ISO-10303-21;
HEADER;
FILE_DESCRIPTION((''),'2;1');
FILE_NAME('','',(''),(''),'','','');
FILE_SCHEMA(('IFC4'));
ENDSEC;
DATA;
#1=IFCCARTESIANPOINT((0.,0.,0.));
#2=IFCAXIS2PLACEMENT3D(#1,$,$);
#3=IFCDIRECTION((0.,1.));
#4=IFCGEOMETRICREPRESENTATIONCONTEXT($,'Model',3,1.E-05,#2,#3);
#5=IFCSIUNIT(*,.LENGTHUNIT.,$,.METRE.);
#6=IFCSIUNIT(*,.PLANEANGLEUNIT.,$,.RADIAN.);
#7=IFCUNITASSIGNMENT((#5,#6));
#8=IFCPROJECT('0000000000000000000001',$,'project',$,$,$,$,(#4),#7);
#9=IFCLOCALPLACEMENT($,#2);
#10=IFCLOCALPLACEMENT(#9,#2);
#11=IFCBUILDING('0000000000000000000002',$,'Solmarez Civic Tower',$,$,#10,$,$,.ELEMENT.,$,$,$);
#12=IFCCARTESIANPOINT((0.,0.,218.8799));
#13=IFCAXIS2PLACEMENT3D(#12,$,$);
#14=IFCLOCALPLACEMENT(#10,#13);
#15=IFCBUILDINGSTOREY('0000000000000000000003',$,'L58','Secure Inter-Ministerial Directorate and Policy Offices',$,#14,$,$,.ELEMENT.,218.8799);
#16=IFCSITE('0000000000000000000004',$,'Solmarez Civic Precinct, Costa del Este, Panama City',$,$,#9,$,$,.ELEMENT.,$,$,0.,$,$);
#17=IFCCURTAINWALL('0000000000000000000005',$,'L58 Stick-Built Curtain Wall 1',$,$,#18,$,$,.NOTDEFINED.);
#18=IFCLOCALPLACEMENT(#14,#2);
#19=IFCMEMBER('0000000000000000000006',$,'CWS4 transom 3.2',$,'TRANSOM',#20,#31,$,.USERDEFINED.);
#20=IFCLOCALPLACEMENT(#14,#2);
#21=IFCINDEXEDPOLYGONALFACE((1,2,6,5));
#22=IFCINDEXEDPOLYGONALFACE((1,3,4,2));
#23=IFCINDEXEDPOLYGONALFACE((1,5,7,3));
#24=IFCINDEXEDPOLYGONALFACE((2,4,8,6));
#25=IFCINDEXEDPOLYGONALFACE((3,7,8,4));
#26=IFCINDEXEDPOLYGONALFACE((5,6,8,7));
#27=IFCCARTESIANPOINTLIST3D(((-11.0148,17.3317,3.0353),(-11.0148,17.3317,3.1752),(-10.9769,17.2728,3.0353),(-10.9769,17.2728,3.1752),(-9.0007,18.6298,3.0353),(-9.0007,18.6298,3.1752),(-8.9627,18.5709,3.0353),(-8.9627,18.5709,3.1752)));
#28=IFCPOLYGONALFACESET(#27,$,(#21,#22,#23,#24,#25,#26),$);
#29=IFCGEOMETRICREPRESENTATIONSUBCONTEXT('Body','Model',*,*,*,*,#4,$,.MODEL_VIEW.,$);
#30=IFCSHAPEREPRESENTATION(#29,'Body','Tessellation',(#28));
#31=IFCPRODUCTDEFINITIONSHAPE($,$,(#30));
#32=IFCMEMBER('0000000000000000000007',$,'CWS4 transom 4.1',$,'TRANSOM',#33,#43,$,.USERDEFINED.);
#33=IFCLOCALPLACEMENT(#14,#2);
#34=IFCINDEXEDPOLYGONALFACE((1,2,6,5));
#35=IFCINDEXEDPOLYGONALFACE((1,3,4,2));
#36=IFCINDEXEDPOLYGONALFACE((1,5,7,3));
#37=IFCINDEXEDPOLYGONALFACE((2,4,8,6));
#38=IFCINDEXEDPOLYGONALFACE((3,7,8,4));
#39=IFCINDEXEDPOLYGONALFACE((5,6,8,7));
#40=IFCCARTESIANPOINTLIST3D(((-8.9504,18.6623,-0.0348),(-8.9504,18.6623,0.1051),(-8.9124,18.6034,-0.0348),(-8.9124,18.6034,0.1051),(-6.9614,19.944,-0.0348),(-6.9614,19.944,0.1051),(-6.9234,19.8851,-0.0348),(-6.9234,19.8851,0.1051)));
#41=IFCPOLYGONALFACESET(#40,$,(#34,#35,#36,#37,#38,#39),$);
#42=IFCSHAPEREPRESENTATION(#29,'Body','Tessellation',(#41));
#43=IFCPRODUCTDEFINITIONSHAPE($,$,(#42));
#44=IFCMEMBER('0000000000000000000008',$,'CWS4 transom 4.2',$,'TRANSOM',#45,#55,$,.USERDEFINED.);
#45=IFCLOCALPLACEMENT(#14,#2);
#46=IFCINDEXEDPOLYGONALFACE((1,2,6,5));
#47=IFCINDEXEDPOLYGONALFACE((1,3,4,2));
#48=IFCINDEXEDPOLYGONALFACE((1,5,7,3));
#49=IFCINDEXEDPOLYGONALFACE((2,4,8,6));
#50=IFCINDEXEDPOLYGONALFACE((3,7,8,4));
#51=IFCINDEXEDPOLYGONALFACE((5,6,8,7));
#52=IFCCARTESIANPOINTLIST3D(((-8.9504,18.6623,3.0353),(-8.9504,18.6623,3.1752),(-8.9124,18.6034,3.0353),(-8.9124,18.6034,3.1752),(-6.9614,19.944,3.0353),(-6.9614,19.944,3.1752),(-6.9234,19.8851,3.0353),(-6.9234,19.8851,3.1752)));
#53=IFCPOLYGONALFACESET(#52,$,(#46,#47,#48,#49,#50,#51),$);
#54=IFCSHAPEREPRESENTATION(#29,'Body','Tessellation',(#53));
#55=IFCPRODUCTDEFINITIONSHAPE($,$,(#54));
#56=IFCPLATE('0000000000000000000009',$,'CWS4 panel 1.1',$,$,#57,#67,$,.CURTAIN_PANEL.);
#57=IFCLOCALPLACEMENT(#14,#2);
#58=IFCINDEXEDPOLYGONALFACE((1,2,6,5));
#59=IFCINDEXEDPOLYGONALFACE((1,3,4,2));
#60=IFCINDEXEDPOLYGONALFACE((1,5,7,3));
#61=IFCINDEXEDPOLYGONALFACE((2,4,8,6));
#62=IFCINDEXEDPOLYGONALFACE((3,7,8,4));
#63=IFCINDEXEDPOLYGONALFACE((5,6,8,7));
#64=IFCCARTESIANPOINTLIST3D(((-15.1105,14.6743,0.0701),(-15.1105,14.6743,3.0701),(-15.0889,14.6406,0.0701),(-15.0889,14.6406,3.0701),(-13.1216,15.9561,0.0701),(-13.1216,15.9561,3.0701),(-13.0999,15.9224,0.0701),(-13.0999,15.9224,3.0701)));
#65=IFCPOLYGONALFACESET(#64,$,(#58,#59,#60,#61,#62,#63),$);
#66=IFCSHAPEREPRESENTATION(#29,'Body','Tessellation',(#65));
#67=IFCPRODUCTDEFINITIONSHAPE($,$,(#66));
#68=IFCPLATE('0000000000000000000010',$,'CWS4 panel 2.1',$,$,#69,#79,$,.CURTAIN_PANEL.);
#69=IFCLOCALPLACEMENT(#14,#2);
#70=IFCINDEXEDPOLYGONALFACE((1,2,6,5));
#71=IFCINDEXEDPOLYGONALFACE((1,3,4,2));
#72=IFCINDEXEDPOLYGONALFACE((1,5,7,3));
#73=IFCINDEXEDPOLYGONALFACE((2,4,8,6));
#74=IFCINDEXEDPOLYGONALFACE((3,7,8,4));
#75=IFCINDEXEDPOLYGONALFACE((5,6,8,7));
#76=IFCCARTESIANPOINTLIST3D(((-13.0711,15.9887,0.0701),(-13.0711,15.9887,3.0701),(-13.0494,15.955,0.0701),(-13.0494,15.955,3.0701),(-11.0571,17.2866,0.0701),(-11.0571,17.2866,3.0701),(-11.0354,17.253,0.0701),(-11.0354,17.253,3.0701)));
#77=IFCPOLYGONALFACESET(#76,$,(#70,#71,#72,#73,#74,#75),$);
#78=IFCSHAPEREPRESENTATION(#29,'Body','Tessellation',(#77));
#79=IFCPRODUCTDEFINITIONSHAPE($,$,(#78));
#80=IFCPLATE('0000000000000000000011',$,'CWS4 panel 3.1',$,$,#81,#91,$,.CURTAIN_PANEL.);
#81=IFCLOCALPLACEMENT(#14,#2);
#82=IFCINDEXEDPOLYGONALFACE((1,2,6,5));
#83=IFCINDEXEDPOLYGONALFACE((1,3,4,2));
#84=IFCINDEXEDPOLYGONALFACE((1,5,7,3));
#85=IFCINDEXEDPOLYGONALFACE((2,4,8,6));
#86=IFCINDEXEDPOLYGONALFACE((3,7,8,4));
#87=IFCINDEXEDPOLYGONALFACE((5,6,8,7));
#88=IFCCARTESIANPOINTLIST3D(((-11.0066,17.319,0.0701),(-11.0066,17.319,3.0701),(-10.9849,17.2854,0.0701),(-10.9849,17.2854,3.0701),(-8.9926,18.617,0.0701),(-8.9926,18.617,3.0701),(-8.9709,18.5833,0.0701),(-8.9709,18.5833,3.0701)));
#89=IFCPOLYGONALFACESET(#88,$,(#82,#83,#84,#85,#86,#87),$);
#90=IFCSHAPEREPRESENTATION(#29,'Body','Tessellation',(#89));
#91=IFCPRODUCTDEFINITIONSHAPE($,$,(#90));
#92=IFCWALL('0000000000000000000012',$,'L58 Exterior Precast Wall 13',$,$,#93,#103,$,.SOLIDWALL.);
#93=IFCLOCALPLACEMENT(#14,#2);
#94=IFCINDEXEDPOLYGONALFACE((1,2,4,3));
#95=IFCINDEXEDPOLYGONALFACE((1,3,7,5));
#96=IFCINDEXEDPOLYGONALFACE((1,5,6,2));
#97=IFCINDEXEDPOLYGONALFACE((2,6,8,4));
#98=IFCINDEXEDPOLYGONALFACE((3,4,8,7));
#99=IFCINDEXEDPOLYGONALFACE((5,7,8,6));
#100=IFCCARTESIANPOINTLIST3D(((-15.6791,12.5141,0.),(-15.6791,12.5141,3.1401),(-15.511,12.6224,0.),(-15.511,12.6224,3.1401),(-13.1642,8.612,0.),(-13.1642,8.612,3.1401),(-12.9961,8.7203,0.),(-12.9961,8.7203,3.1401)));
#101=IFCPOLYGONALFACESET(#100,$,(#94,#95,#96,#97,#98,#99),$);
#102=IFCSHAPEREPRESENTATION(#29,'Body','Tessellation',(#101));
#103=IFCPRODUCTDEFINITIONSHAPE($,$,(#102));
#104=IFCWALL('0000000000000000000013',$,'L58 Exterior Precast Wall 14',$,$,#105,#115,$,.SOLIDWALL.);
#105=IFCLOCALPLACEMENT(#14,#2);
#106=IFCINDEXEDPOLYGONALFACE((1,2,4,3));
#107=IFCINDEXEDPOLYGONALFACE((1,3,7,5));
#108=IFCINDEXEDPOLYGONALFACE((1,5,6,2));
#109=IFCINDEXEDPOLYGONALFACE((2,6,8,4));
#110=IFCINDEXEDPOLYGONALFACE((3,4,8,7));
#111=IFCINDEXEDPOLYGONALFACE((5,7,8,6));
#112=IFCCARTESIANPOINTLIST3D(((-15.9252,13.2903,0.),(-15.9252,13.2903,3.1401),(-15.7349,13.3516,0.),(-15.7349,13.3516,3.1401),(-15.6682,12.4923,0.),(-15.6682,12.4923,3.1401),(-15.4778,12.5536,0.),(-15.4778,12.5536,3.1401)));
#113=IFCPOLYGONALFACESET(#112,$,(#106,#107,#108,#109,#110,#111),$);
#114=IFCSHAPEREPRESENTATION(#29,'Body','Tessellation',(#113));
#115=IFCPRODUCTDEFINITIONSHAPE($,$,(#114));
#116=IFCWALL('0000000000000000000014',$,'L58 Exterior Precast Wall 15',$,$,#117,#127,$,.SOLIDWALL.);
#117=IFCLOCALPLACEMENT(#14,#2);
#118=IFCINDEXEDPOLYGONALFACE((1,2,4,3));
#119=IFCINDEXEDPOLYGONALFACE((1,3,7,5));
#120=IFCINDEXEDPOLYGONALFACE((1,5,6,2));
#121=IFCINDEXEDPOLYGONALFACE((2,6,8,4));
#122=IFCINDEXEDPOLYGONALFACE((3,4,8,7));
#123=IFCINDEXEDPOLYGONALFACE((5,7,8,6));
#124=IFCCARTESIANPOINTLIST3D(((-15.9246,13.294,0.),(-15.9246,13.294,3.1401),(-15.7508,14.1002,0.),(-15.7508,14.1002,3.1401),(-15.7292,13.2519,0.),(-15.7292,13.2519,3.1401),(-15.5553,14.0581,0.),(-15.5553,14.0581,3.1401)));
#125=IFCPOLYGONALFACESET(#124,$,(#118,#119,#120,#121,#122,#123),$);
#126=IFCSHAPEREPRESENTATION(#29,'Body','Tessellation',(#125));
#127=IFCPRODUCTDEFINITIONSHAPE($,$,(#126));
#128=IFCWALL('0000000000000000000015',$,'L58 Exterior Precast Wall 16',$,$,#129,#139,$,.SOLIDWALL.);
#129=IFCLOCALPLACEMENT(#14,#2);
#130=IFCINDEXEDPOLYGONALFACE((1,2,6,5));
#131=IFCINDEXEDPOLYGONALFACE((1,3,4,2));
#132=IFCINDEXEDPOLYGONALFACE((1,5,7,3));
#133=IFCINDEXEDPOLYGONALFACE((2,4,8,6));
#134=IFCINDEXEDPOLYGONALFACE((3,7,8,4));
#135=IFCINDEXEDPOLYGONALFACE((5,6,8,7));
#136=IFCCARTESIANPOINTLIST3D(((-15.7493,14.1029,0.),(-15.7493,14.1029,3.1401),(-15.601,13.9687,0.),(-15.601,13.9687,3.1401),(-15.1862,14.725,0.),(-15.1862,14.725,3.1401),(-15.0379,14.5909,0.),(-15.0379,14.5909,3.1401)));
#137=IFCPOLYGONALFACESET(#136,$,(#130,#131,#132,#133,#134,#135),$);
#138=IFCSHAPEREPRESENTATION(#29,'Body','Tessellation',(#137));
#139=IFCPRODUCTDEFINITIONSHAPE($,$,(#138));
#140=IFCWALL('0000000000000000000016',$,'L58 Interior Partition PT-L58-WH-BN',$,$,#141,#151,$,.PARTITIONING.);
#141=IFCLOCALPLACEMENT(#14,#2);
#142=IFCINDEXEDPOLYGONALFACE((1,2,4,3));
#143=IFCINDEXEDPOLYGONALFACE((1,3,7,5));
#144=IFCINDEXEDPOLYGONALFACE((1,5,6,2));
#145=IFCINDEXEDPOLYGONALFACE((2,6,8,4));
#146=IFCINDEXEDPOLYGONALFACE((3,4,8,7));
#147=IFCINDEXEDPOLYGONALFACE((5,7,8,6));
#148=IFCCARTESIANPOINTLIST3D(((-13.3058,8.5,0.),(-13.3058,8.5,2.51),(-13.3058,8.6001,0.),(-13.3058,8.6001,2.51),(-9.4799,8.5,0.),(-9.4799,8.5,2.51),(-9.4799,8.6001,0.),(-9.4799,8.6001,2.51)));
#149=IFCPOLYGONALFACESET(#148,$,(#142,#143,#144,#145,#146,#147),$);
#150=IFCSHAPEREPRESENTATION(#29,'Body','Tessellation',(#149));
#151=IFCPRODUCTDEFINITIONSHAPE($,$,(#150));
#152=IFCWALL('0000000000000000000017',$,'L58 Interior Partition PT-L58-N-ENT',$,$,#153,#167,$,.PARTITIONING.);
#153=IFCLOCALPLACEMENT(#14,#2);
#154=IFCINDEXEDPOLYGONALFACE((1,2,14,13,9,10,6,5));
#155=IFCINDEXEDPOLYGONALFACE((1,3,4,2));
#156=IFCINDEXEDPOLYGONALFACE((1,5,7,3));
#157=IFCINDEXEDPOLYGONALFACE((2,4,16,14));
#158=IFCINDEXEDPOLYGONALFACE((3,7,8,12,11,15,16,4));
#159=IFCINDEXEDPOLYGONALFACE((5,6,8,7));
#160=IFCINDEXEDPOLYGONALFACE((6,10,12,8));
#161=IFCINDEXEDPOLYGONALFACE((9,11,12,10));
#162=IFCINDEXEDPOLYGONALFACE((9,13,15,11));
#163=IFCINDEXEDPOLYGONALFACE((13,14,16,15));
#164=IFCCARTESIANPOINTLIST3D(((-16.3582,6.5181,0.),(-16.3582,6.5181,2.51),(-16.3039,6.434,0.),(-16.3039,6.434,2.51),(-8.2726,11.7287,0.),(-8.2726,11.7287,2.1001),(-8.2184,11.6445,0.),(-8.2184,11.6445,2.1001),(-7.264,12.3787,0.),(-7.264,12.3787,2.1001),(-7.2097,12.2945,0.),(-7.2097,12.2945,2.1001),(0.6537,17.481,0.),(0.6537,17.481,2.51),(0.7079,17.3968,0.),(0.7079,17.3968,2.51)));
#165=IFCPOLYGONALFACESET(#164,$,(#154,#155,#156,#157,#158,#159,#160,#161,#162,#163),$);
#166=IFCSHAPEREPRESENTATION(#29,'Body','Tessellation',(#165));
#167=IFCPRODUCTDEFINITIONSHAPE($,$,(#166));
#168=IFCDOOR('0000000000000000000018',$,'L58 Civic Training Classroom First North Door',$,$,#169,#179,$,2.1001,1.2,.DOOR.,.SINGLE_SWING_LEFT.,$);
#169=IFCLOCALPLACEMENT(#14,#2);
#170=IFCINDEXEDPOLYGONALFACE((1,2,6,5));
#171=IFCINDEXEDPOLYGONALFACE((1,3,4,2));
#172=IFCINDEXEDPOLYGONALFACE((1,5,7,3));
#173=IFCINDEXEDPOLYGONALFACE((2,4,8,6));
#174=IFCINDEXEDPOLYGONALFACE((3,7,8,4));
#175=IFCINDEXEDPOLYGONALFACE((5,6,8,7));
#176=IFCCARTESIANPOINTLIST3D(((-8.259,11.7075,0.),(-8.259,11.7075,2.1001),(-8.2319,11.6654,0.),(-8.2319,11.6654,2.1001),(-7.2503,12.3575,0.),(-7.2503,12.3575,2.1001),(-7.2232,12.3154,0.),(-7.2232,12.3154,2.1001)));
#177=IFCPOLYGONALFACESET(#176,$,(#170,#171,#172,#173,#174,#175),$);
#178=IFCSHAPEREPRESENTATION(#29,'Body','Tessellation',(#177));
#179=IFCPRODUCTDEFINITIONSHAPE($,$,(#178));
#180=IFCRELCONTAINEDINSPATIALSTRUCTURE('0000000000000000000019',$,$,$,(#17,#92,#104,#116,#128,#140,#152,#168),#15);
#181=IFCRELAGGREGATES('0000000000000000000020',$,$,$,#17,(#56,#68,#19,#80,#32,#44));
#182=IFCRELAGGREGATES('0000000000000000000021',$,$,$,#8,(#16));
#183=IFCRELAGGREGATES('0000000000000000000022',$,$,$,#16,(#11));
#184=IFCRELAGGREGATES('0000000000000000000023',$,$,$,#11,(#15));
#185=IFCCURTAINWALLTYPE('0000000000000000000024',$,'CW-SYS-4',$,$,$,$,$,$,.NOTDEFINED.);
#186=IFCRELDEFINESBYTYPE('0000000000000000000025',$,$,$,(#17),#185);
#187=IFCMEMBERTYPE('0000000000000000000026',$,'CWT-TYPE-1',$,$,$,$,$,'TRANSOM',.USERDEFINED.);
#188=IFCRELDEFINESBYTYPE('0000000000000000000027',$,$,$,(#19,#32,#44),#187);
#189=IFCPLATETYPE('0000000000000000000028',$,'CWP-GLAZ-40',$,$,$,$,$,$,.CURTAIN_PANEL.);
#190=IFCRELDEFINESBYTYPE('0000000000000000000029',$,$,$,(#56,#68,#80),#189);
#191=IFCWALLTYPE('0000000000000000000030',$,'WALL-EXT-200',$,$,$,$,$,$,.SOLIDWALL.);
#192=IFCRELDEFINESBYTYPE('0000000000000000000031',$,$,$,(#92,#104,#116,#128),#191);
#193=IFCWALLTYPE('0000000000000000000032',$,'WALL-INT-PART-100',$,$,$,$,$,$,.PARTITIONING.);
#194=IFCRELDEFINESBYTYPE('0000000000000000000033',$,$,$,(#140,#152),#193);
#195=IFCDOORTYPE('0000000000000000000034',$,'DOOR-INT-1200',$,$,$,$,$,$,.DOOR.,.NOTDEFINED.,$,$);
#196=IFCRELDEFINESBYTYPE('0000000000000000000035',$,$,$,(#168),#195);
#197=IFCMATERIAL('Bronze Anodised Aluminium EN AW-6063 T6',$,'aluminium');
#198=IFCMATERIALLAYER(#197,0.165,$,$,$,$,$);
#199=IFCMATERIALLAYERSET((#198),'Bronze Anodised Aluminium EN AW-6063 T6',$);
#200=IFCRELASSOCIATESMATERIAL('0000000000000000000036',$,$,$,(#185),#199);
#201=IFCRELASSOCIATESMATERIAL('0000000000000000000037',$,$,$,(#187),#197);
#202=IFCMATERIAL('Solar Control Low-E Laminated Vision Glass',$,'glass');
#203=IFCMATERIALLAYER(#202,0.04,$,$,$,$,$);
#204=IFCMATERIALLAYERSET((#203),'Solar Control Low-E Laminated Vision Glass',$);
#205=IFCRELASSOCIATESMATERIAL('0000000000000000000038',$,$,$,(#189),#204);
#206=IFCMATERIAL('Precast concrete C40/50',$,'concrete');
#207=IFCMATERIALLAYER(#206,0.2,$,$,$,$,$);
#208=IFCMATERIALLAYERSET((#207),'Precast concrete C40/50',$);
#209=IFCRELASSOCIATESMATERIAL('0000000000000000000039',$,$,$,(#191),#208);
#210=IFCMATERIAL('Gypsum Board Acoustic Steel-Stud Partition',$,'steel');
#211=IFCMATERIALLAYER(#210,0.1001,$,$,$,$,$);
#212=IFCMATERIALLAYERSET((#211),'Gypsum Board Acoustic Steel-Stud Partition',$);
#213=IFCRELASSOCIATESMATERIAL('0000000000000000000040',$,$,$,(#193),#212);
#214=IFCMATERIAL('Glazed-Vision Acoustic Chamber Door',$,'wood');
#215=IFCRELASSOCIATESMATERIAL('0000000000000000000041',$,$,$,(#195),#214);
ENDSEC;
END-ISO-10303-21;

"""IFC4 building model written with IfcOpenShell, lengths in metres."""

from ifc_helpers import new_model, si_unit, direction, frame, frame_2d, origin, origin_2d, place, context, subcontext, project, spatial, rectangle, extrude, material, layer, layer_set, material_profile, profile_set, type_object, element, fill, aggregate, save


model = new_model("IFC4")

# Units and contexts
model_context = context("Model", 3, precision=1e-05, world=origin(), true_north=direction((0.0, 1.0)))
body_context = subcontext(model_context, "Body", "Model", "MODEL_VIEW")
ifc_project = project(units=[si_unit("LENGTHUNIT", "METRE"), si_unit("PLANEANGLEUNIT", "RADIAN")], contexts=[model_context])

# Site, building, storey
site_placement = place(None, origin())
site = spatial("IfcSite", under=ifc_project, at=site_placement, Name="Solmarez Civic Precinct, Costa del Este, Panama City", CompositionType="ELEMENT", RefElevation=0.0)
building_placement = place(site_placement, origin())
building = spatial("IfcBuilding", under=site, at=building_placement, Name="Solmarez Civic Tower", CompositionType="ELEMENT")
storey_placement = place(building_placement, frame((0.0, 0.0, 218.8799)))
storey = spatial("IfcBuildingStorey", under=building, at=storey_placement, Name="L58", Description="Secure Inter-Ministerial Directorate and Policy Offices", CompositionType="ELEMENT", Elevation=218.8799)

# Curtain wall, members, plates
ifc_material_1 = material(Name="Bronze Anodised Aluminium EN AW-6063 T6", Category="aluminium")
ifc_layer_1 = layer(ifc_material_1, 0.165)
ifc_layer_set_1 = layer_set([ifc_layer_1], Name="Bronze Anodised Aluminium EN AW-6063 T6")
curtain_wall_type = type_object("IfcCurtainWallType", Name="CW-SYS-4", PredefinedType="NOTDEFINED", material=ifc_layer_set_1)
curtain_wall_placement = place(storey_placement, origin())
curtain_wall = element("IfcCurtainWall", 1, at=curtain_wall_placement, inside=storey, type_object=curtain_wall_type, Name="L58 Stick-Built Curtain Wall 1", PredefinedType="NOTDEFINED")
ifc_material_profile_1 = material_profile(ifc_material_1, rectangle(XDim=0.0701, YDim=0.1399, at=origin_2d()), Name="CWT-70X140")
ifc_profile_set_1 = profile_set([ifc_material_profile_1], Name="Bronze Anodised Aluminium EN AW-6063 T6")
member_type_1 = type_object("IfcMemberType", Name="CWT-TYPE-1", ElementType="TRANSOM", PredefinedType="USERDEFINED", material=ifc_profile_set_1)
member_1_placement = place(storey_placement, frame((-10.9958, 17.3022, 3.1052), z_axis=(0.840556, 0.541725, 0.0), x_axis=(-0.541725, 0.840556, 0.0)))
member_1 = element("IfcMember", 2, at=member_1_placement, type_object=member_type_1, Name="CWS4 transom 3.2", ObjectType="TRANSOM", PredefinedType="USERDEFINED", context=body_context, shape_type="SweptSolid", body=[
    extrude(rectangle(XDim=0.0701, YDim=0.1399, at=origin_2d()), origin(), (0.0, 0.0, 1.0), 2.3962),
])
member_2_placement = place(storey_placement, frame((-8.9314, 18.6328, 0.0352), z_axis=(0.840585, 0.54168, 0.0), x_axis=(-0.54168, 0.840585, 0.0)))
member_2 = element("IfcMember", 3, at=member_2_placement, type_object=member_type_1, Name="CWS4 transom 4.1", ObjectType="TRANSOM", PredefinedType="USERDEFINED", context=body_context, shape_type="SweptSolid", body=[
    extrude(rectangle(XDim=0.0701, YDim=0.1399, at=origin_2d()), origin(), (0.0, 0.0, 1.0), 2.3662),
])
member_3_placement = place(storey_placement, frame((-8.9314, 18.6328, 3.1052), z_axis=(0.840585, 0.54168, 0.0), x_axis=(-0.54168, 0.840585, 0.0)))
member_3 = element("IfcMember", 4, at=member_3_placement, type_object=member_type_1, Name="CWS4 transom 4.2", ObjectType="TRANSOM", PredefinedType="USERDEFINED", context=body_context, shape_type="SweptSolid", body=[
    extrude(rectangle(XDim=0.0701, YDim=0.1399, at=origin_2d()), origin(), (0.0, 0.0, 1.0), 2.3662),
])
ifc_material_2 = material(Name="Solar Control Low-E Laminated Vision Glass", Category="glass")
ifc_layer_2 = layer(ifc_material_2, 0.04)
ifc_layer_set_2 = layer_set([ifc_layer_2], Name="Solar Control Low-E Laminated Vision Glass")
plate_type = type_object("IfcPlateType", Name="CWP-GLAZ-40", PredefinedType="CURTAIN_PANEL", material=ifc_layer_set_2)
plate_1_placement = place(storey_placement, frame((-14.1052, 15.2983, 0.0701), z_axis=(0.0, 0.0, 1.0), x_axis=(0.840563, 0.541714, 0.0)))
plate_1 = element("IfcPlate", 5, at=plate_1_placement, type_object=plate_type, Name="CWS4 panel 1.1", PredefinedType="CURTAIN_PANEL", context=body_context, shape_type="SweptSolid", body=[
    extrude(rectangle(XDim=2.3662, YDim=0.04, at=origin_2d()), origin(), (0.0, 0.0, 1.0), 3.0),
])
plate_2_placement = place(storey_placement, frame((-12.0532, 16.6208, 0.0701), z_axis=(0.0, 0.0, 1.0), x_axis=(0.840563, 0.541714, 0.0)))
plate_2 = element("IfcPlate", 6, at=plate_2_placement, type_object=plate_type, Name="CWS4 panel 2.1", PredefinedType="CURTAIN_PANEL", context=body_context, shape_type="SweptSolid", body=[
    extrude(rectangle(XDim=2.396, YDim=0.04, at=origin_2d()), origin(), (0.0, 0.0, 1.0), 3.0),
])
plate_3_placement = place(storey_placement, frame((-9.9888, 17.9512, 0.0701), z_axis=(0.0, 0.0, 1.0), x_axis=(0.840563, 0.541714, 0.0)))
plate_3 = element("IfcPlate", 7, at=plate_3_placement, type_object=plate_type, Name="CWS4 panel 3.1", PredefinedType="CURTAIN_PANEL", context=body_context, shape_type="SweptSolid", body=[
    extrude(rectangle(XDim=2.396, YDim=0.04, at=origin_2d()), origin(), (0.0, 0.0, 1.0), 3.0),
])
aggregate(curtain_wall, [plate_1, plate_2, member_1, plate_3, member_2, member_3])

# Walls
ifc_material_3 = material(Name="Precast concrete C40/50", Category="concrete")
ifc_layer_3 = layer(ifc_material_3, 0.2)
ifc_layer_set_3 = layer_set([ifc_layer_3], Name="Precast concrete C40/50")
wall_type_1 = type_object("IfcWallType", Name="WALL-EXT-200", PredefinedType="SOLIDWALL", material=ifc_layer_set_3)
wall_1_placement = place(storey_placement, frame((-13.0801, 8.666, 0.0), z_axis=(0.0, 0.0, 1.0), x_axis=(-0.541733, 0.840551, 0.0)))
element("IfcWall", 8, at=wall_1_placement, inside=storey, type_object=wall_type_1, Name="L58 Exterior Precast Wall 13", PredefinedType="SOLIDWALL", context=body_context, shape_type="SweptSolid", body=[
    extrude(rectangle(XDim=4.6423, YDim=0.2, at=frame_2d((2.3213, 0.0))), origin(), (0.0, 0.0, 1.0), 3.1401),
])
wall_2_placement = place(storey_placement, frame((-15.573, 12.5229, 0.0), z_axis=(0.0, 0.0, 1.0), x_axis=(-0.306603, 0.951838, 0.0)))
element("IfcWall", 9, at=wall_2_placement, inside=storey, type_object=wall_type_1, Name="L58 Exterior Precast Wall 14", PredefinedType="SOLIDWALL", context=body_context, shape_type="SweptSolid", body=[
    extrude(rectangle(XDim=0.8384, YDim=0.2, at=frame_2d((0.4192, 0.0))), origin(), (0.0, 0.0, 1.0), 3.1401),
])
wall_3_placement = place(storey_placement, frame((-15.8269, 13.2729, 0.0), z_axis=(0.0, 0.0, 1.0), x_axis=(0.210782, 0.977533, 0.0)))
element("IfcWall", 10, at=wall_3_placement, inside=storey, type_object=wall_type_1, Name="L58 Exterior Precast Wall 15", PredefinedType="SOLIDWALL", context=body_context, shape_type="SweptSolid", body=[
    extrude(rectangle(XDim=0.8247, YDim=0.2, at=frame_2d((0.4124, 0.0))), origin(), (0.0, 0.0, 1.0), 3.1401),
])
wall_4_placement = place(storey_placement, frame((-15.675, 14.0359, 0.0), z_axis=(0.0, 0.0, 1.0), x_axis=(0.67102, 0.741439, 0.0)))
element("IfcWall", 11, at=wall_4_placement, inside=storey, type_object=wall_type_1, Name="L58 Exterior Precast Wall 16", PredefinedType="SOLIDWALL", context=body_context, shape_type="SweptSolid", body=[
    extrude(rectangle(XDim=0.8391, YDim=0.2, at=frame_2d((0.4194, 0.0))), origin(), (0.0, 0.0, 1.0), 3.1401),
])
ifc_material_4 = material(Name="Gypsum Board Acoustic Steel-Stud Partition", Category="steel")
ifc_layer_4 = layer(ifc_material_4, 0.1001)
ifc_layer_set_4 = layer_set([ifc_layer_4], Name="Gypsum Board Acoustic Steel-Stud Partition")
wall_type_2 = type_object("IfcWallType", Name="WALL-INT-PART-100", PredefinedType="PARTITIONING", material=ifc_layer_set_4)
wall_5_placement = place(storey_placement, frame((-13.3059, 8.55, 0.0), z_axis=(0.0, 0.0, 1.0), x_axis=(1.0, 0.0, 0.0)))
element("IfcWall", 12, at=wall_5_placement, inside=storey, type_object=wall_type_2, Name="L58 Interior Partition PT-L58-WH-BN", PredefinedType="PARTITIONING", context=body_context, shape_type="SweptSolid", body=[
    extrude(rectangle(XDim=3.8259, YDim=0.1001, at=frame_2d((1.9131, 0.0))), origin(), (0.0, 0.0, 1.0), 2.51),
])

# Wall, opening, door
wall_6_placement = place(storey_placement, frame((-16.3311, 6.4761, 0.0), z_axis=(0.0, 0.0, 1.0), x_axis=(0.840579, 0.541688, 0.0)))
wall_6 = element("IfcWall", 13, at=wall_6_placement, inside=storey, type_object=wall_type_2, Name="L58 Interior Partition PT-L58-N-ENT", PredefinedType="PARTITIONING", context=body_context, shape_type="SweptSolid", body=[
    extrude(rectangle(XDim=20.2383, YDim=0.1001, at=frame_2d((10.1191, 0.0))), origin(), (0.0, 0.0, 1.0), 2.51),
])
opening_placement = place(wall_6_placement, frame((9.6189, 0.0, 0.0)))
opening = element("IfcOpeningElement", 14, at=opening_placement, cuts=wall_6, PredefinedType="OPENING", context=body_context, shape_type="SweptSolid", body=[
    extrude(rectangle(XDim=1.2, YDim=2.1001, at=frame_2d((0.6001, 1.05))), frame((0.0, 0.0601, 0.0), z_axis=(0.0, -1.0, 0.0), x_axis=(1.0, 0.0, 0.0)), (0.0, 0.0, 1.0), 0.1201),
])
ifc_material_5 = material(Name="Glazed-Vision Acoustic Chamber Door", Category="wood")
door_type = type_object("IfcDoorType", Name="DOOR-INT-1200", OperationType="NOTDEFINED", PredefinedType="DOOR", material=ifc_material_5)
door_placement = place(opening_placement, origin())
door = element("IfcDoor", 15, at=door_placement, inside=storey, type_object=door_type, Name="L58 Civic Training Classroom First North Door", OperationType="SINGLE_SWING_LEFT", OverallHeight=2.1001, OverallWidth=1.2, PredefinedType="DOOR", context=body_context, shape_type="SweptSolid", body=[
    extrude(rectangle(XDim=1.2, YDim=2.1001, at=frame_2d((0.6001, 1.05))), frame((0.0, 0.0249, 0.0), z_axis=(0.0, -1.0, 0.0), x_axis=(1.0, 0.0, 0.0)), (0.0, 0.0, 1.0), 0.05),
])
fill(opening, door)

save(model, "model.ifc")
